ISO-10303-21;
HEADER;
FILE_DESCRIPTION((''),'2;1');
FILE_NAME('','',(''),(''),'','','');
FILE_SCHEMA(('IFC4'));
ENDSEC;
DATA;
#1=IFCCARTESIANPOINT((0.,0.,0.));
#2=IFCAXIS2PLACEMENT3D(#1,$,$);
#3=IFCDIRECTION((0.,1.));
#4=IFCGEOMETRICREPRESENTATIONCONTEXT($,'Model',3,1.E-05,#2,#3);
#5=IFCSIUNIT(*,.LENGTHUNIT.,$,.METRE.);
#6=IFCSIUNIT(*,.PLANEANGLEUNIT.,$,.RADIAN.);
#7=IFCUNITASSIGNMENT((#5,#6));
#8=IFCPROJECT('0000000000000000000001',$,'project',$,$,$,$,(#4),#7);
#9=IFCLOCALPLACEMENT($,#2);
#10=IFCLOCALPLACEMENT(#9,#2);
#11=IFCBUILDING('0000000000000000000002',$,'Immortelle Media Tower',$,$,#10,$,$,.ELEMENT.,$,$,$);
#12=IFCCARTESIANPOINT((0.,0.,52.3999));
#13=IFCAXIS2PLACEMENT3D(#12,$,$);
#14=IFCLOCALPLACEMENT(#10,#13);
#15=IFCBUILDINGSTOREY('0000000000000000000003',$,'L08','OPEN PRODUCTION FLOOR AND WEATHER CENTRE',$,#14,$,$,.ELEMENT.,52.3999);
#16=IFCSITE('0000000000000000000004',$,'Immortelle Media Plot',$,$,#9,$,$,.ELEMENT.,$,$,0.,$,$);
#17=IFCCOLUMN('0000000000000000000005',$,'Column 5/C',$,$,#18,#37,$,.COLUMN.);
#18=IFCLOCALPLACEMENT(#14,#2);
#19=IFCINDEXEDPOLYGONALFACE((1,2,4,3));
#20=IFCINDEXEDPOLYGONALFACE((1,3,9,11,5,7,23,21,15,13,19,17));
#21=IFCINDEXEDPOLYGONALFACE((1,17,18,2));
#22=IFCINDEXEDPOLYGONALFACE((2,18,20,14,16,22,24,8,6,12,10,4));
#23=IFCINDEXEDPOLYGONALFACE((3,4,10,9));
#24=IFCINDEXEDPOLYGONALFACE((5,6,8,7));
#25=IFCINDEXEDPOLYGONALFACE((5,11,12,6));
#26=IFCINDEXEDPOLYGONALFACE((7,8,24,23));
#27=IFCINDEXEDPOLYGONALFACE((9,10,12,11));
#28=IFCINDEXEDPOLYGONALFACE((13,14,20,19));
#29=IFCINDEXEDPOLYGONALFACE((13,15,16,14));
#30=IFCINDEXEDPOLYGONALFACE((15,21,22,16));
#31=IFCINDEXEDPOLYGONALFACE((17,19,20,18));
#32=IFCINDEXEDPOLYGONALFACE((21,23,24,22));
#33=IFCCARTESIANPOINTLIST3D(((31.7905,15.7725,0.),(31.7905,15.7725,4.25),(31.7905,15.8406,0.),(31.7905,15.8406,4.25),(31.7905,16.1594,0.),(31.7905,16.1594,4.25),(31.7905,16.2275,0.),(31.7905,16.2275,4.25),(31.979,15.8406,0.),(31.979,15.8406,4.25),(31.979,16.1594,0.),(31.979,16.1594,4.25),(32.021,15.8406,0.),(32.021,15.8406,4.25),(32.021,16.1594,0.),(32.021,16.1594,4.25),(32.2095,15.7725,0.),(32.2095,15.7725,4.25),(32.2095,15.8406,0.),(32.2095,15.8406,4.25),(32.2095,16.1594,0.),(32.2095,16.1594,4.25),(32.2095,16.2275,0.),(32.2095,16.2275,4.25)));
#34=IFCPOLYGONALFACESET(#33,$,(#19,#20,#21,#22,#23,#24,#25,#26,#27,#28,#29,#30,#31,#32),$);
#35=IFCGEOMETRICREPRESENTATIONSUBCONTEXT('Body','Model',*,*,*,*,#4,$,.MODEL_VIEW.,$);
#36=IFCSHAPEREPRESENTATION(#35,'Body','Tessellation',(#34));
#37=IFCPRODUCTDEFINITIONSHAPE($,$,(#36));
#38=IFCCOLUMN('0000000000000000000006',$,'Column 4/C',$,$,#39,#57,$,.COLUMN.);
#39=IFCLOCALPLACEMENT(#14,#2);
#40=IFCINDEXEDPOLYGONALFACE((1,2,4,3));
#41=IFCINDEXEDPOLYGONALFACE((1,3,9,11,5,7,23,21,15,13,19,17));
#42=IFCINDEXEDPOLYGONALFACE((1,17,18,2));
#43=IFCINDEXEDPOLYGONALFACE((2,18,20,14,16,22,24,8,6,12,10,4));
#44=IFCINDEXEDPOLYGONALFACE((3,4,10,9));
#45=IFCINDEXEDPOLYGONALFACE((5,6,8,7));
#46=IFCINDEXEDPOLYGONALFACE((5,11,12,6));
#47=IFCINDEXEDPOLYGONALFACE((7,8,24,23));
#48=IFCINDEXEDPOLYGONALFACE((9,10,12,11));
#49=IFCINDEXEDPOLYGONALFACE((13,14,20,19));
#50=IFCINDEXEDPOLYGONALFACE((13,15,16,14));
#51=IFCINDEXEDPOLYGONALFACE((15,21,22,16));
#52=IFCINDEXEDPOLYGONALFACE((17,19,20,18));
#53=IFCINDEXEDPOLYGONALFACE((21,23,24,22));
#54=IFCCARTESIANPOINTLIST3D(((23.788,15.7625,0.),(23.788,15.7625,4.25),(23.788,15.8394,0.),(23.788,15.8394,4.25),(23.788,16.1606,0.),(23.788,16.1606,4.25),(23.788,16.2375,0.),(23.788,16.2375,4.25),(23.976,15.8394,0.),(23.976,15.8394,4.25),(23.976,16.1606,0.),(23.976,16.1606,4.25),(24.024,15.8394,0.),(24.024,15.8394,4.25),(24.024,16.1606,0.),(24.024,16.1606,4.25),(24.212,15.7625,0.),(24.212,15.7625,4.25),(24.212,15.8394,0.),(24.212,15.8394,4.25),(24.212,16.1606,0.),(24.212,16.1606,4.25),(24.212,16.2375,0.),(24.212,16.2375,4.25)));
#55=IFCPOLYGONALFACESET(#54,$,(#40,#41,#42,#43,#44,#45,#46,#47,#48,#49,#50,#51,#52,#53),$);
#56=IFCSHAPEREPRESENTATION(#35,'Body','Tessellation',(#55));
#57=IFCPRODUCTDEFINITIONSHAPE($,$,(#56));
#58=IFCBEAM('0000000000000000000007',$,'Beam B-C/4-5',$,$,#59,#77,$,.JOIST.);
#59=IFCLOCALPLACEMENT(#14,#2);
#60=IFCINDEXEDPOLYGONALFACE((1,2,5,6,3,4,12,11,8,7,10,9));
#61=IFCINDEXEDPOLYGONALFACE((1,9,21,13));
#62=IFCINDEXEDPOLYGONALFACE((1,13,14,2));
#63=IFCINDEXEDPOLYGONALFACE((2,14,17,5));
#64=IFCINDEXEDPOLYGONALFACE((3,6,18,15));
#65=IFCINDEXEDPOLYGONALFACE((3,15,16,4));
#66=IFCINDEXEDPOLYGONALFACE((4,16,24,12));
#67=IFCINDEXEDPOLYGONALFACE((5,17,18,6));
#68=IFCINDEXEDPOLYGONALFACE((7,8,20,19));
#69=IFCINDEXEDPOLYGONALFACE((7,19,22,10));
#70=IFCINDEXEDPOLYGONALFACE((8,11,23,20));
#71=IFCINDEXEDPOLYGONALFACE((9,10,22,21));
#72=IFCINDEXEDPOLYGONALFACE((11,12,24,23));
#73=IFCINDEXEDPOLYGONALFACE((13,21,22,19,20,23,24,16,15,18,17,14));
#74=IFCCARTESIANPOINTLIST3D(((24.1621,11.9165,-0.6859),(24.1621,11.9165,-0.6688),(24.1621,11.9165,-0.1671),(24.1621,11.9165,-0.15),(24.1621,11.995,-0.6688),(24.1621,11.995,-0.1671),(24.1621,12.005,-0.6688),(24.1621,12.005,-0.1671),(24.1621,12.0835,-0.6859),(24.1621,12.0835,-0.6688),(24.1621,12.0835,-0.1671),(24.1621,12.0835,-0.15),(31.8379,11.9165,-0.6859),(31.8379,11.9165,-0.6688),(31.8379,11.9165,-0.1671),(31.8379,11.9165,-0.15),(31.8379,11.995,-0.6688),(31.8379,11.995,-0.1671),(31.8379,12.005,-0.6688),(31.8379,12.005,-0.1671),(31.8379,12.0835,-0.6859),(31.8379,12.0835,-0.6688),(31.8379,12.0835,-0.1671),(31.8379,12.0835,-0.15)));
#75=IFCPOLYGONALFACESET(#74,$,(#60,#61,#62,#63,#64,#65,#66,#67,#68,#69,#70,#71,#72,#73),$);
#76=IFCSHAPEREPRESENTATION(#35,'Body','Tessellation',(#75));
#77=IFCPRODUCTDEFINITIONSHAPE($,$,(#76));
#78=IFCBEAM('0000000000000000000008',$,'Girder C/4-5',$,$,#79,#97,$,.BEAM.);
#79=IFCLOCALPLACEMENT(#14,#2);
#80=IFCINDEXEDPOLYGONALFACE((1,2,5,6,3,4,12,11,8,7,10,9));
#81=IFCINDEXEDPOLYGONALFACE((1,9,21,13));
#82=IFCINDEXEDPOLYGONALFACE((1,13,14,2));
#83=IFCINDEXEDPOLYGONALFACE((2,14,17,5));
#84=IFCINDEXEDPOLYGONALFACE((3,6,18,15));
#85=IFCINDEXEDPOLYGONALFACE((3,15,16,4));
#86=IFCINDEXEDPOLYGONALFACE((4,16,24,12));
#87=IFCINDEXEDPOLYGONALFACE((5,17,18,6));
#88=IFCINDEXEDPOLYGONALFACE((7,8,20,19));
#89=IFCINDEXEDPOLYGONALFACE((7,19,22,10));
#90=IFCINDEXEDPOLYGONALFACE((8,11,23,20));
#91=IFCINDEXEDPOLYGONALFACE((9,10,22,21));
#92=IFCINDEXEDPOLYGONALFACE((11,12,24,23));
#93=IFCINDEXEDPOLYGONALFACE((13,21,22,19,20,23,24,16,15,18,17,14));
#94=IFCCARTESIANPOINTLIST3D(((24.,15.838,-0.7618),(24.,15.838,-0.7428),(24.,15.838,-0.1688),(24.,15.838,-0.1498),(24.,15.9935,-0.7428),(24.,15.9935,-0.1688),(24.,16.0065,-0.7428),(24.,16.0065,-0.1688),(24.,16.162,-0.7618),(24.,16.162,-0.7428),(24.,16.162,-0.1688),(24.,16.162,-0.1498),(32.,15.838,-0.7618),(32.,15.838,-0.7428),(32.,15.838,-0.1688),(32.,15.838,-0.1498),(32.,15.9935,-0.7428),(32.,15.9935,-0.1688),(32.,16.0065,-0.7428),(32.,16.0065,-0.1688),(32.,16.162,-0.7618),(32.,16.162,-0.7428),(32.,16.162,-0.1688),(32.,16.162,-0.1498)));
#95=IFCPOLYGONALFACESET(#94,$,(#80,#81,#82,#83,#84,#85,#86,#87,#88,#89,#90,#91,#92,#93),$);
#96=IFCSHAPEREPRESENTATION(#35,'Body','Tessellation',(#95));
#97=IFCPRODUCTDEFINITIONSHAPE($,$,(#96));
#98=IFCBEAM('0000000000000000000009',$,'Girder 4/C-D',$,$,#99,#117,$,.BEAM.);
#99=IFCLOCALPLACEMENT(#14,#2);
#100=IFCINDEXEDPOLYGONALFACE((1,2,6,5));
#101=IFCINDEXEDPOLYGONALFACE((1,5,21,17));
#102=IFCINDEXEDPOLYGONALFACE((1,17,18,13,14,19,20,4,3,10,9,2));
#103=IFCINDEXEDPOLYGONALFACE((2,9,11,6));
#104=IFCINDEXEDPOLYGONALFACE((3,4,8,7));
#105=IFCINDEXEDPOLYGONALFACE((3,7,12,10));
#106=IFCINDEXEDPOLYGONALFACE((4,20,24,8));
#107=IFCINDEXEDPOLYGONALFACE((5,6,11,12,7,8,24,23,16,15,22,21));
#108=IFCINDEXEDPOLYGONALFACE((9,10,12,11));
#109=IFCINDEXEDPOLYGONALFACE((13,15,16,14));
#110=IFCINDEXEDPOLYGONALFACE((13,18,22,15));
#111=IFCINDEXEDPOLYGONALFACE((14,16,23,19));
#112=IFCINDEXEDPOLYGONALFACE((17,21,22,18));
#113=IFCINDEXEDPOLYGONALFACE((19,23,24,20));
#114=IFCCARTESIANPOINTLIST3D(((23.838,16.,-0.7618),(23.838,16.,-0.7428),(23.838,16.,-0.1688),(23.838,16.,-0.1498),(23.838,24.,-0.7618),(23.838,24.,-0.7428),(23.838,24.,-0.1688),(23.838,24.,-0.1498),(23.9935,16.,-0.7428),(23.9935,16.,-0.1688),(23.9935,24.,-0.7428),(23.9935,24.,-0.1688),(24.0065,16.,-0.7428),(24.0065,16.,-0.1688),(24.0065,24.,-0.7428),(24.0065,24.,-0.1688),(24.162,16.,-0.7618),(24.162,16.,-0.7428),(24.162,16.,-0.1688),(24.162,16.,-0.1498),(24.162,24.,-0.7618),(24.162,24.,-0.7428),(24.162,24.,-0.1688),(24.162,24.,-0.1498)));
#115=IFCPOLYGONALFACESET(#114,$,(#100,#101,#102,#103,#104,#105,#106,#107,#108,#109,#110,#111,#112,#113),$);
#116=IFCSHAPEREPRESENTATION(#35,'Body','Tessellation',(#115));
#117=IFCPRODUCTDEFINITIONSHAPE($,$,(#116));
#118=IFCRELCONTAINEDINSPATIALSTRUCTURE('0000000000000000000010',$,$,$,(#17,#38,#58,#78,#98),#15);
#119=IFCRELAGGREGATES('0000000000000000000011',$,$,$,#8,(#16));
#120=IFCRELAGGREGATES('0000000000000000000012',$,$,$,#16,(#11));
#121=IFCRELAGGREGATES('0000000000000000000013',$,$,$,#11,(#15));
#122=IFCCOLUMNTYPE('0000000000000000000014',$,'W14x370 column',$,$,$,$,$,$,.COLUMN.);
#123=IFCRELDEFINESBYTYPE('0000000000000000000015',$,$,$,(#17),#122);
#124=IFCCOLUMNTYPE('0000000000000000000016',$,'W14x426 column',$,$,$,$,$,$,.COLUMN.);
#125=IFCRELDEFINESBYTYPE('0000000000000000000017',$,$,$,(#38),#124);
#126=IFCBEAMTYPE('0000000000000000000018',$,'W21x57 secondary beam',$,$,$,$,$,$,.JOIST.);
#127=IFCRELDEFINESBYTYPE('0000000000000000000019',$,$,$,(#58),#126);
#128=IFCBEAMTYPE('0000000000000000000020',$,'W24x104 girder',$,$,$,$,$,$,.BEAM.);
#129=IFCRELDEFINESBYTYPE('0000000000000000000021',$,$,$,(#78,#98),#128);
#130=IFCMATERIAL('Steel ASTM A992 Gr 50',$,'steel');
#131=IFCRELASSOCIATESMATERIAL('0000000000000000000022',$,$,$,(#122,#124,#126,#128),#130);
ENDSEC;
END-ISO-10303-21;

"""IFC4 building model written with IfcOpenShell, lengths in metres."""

from ifc_helpers import new_model, si_unit, direction, frame, origin, origin_2d, place, context, subcontext, project, spatial, i_section, extrude, material, material_profile, profile_set, type_object, element, save


model = new_model("IFC4")

# Units and contexts
model_context = context("Model", 3, precision=1e-05, world=origin(), true_north=direction((0.0, 1.0)))
body_context = subcontext(model_context, "Body", "Model", "MODEL_VIEW")
ifc_project = project(units=[si_unit("LENGTHUNIT", "METRE"), si_unit("PLANEANGLEUNIT", "RADIAN")], contexts=[model_context])

# Site, building, storey
site_placement = place(None, origin())
site = spatial("IfcSite", under=ifc_project, at=site_placement, Name="Immortelle Media Plot", CompositionType="ELEMENT", RefElevation=0.0)
building_placement = place(site_placement, origin())
building = spatial("IfcBuilding", under=site, at=building_placement, Name="Immortelle Media Tower", CompositionType="ELEMENT")
storey_placement = place(building_placement, frame((0.0, 0.0, 52.3999)))
storey = spatial("IfcBuildingStorey", under=building, at=storey_placement, Name="L08", Description="OPEN PRODUCTION FLOOR AND WEATHER CENTRE", CompositionType="ELEMENT", Elevation=52.3999)

# Columns
ifc_material_1 = material(Name="Steel ASTM A992 Gr 50", Category="steel")
ifc_material_profile_1 = material_profile(ifc_material_1, i_section(OverallWidth=0.4189, OverallDepth=0.4551, WebThickness=0.042, FlangeThickness=0.0681, at=origin_2d()), Name="W14x370")
ifc_profile_set_1 = profile_set([ifc_material_profile_1], Name="Steel ASTM A992 Gr 50")
column_type_1 = type_object("IfcColumnType", Name="W14x370 column", PredefinedType="COLUMN", material=ifc_profile_set_1)
column_1_placement = place(storey_placement, frame((32.0, 16.0, 0.0), z_axis=(0.0, 0.0, 1.0), x_axis=(1.0, 0.0, 0.0)))
element("IfcColumn", 1, at=column_1_placement, inside=storey, type_object=column_type_1, Name="Column 5/C", PredefinedType="COLUMN", context=body_context, shape_type="SweptSolid", body=[
    extrude(i_section(OverallWidth=0.4189, OverallDepth=0.4551, WebThickness=0.042, FlangeThickness=0.0681, at=origin_2d()), origin(), (0.0, 0.0, 1.0), 4.25),
])
ifc_material_profile_2 = material_profile(ifc_material_1, i_section(OverallWidth=0.4241, OverallDepth=0.4751, WebThickness=0.0481, FlangeThickness=0.0769, at=origin_2d()), Name="W14x426")
ifc_profile_set_2 = profile_set([ifc_material_profile_2], Name="Steel ASTM A992 Gr 50")
column_type_2 = type_object("IfcColumnType", Name="W14x426 column", PredefinedType="COLUMN", material=ifc_profile_set_2)
column_2_placement = place(storey_placement, frame((24.0, 16.0, 0.0), z_axis=(0.0, 0.0, 1.0), x_axis=(1.0, 0.0, 0.0)))
element("IfcColumn", 2, at=column_2_placement, inside=storey, type_object=column_type_2, Name="Column 4/C", PredefinedType="COLUMN", context=body_context, shape_type="SweptSolid", body=[
    extrude(i_section(OverallWidth=0.4241, OverallDepth=0.4751, WebThickness=0.0481, FlangeThickness=0.0769, at=origin_2d()), origin(), (0.0, 0.0, 1.0), 4.25),
])

# Beams
ifc_material_profile_3 = material_profile(ifc_material_1, i_section(OverallWidth=0.167, OverallDepth=0.5359, WebThickness=0.01, FlangeThickness=0.0171, at=origin_2d()), Name="W21x57")
ifc_profile_set_3 = profile_set([ifc_material_profile_3], Name="Steel ASTM A992 Gr 50")
beam_type_1 = type_object("IfcBeamType", Name="W21x57 secondary beam", PredefinedType="JOIST", material=ifc_profile_set_3)
beam_placement = place(storey_placement, frame((24.1621, 12.0, -0.418), z_axis=(1.0, 0.0, 0.0), x_axis=(0.0, 1.0, 0.0)))
element("IfcBeam", 3, at=beam_placement, inside=storey, type_object=beam_type_1, Name="Beam B-C/4-5", PredefinedType="JOIST", context=body_context, shape_type="SweptSolid", body=[
    extrude(i_section(OverallWidth=0.167, OverallDepth=0.5359, WebThickness=0.01, FlangeThickness=0.0171, at=origin_2d()), origin(), (0.0, 0.0, 1.0), 7.6758),
])
ifc_material_profile_4 = material_profile(ifc_material_1, i_section(OverallWidth=0.324, OverallDepth=0.6121, WebThickness=0.0129, FlangeThickness=0.019, at=origin_2d()), Name="W24x104")
ifc_profile_set_4 = profile_set([ifc_material_profile_4], Name="Steel ASTM A992 Gr 50")
beam_type_2 = type_object("IfcBeamType", Name="W24x104 girder", PredefinedType="BEAM", material=ifc_profile_set_4)
for number, where, z_axis, x_axis, name in (
    (4, (24.0, 16.0, -0.4558), (1.0, 0.0, 0.0), (0.0, 1.0, 0.0), "Girder C/4-5"),
    (5, (24.0, 16.0, -0.4558), (0.0, 1.0, 0.0), (-1.0, 0.0, 0.0), "Girder 4/C-D"),
):
    element("IfcBeam", number, at=place(storey_placement, frame(where, z_axis=z_axis, x_axis=x_axis)), inside=storey, type_object=beam_type_2, Name=name, PredefinedType="BEAM", context=body_context, shape_type="SweptSolid", body=[
        extrude(i_section(OverallWidth=0.324, OverallDepth=0.6121, WebThickness=0.0129, FlangeThickness=0.019, at=origin_2d()), origin(), (0.0, 0.0, 1.0), 8.0),
    ])

save(model, "model.ifc")
